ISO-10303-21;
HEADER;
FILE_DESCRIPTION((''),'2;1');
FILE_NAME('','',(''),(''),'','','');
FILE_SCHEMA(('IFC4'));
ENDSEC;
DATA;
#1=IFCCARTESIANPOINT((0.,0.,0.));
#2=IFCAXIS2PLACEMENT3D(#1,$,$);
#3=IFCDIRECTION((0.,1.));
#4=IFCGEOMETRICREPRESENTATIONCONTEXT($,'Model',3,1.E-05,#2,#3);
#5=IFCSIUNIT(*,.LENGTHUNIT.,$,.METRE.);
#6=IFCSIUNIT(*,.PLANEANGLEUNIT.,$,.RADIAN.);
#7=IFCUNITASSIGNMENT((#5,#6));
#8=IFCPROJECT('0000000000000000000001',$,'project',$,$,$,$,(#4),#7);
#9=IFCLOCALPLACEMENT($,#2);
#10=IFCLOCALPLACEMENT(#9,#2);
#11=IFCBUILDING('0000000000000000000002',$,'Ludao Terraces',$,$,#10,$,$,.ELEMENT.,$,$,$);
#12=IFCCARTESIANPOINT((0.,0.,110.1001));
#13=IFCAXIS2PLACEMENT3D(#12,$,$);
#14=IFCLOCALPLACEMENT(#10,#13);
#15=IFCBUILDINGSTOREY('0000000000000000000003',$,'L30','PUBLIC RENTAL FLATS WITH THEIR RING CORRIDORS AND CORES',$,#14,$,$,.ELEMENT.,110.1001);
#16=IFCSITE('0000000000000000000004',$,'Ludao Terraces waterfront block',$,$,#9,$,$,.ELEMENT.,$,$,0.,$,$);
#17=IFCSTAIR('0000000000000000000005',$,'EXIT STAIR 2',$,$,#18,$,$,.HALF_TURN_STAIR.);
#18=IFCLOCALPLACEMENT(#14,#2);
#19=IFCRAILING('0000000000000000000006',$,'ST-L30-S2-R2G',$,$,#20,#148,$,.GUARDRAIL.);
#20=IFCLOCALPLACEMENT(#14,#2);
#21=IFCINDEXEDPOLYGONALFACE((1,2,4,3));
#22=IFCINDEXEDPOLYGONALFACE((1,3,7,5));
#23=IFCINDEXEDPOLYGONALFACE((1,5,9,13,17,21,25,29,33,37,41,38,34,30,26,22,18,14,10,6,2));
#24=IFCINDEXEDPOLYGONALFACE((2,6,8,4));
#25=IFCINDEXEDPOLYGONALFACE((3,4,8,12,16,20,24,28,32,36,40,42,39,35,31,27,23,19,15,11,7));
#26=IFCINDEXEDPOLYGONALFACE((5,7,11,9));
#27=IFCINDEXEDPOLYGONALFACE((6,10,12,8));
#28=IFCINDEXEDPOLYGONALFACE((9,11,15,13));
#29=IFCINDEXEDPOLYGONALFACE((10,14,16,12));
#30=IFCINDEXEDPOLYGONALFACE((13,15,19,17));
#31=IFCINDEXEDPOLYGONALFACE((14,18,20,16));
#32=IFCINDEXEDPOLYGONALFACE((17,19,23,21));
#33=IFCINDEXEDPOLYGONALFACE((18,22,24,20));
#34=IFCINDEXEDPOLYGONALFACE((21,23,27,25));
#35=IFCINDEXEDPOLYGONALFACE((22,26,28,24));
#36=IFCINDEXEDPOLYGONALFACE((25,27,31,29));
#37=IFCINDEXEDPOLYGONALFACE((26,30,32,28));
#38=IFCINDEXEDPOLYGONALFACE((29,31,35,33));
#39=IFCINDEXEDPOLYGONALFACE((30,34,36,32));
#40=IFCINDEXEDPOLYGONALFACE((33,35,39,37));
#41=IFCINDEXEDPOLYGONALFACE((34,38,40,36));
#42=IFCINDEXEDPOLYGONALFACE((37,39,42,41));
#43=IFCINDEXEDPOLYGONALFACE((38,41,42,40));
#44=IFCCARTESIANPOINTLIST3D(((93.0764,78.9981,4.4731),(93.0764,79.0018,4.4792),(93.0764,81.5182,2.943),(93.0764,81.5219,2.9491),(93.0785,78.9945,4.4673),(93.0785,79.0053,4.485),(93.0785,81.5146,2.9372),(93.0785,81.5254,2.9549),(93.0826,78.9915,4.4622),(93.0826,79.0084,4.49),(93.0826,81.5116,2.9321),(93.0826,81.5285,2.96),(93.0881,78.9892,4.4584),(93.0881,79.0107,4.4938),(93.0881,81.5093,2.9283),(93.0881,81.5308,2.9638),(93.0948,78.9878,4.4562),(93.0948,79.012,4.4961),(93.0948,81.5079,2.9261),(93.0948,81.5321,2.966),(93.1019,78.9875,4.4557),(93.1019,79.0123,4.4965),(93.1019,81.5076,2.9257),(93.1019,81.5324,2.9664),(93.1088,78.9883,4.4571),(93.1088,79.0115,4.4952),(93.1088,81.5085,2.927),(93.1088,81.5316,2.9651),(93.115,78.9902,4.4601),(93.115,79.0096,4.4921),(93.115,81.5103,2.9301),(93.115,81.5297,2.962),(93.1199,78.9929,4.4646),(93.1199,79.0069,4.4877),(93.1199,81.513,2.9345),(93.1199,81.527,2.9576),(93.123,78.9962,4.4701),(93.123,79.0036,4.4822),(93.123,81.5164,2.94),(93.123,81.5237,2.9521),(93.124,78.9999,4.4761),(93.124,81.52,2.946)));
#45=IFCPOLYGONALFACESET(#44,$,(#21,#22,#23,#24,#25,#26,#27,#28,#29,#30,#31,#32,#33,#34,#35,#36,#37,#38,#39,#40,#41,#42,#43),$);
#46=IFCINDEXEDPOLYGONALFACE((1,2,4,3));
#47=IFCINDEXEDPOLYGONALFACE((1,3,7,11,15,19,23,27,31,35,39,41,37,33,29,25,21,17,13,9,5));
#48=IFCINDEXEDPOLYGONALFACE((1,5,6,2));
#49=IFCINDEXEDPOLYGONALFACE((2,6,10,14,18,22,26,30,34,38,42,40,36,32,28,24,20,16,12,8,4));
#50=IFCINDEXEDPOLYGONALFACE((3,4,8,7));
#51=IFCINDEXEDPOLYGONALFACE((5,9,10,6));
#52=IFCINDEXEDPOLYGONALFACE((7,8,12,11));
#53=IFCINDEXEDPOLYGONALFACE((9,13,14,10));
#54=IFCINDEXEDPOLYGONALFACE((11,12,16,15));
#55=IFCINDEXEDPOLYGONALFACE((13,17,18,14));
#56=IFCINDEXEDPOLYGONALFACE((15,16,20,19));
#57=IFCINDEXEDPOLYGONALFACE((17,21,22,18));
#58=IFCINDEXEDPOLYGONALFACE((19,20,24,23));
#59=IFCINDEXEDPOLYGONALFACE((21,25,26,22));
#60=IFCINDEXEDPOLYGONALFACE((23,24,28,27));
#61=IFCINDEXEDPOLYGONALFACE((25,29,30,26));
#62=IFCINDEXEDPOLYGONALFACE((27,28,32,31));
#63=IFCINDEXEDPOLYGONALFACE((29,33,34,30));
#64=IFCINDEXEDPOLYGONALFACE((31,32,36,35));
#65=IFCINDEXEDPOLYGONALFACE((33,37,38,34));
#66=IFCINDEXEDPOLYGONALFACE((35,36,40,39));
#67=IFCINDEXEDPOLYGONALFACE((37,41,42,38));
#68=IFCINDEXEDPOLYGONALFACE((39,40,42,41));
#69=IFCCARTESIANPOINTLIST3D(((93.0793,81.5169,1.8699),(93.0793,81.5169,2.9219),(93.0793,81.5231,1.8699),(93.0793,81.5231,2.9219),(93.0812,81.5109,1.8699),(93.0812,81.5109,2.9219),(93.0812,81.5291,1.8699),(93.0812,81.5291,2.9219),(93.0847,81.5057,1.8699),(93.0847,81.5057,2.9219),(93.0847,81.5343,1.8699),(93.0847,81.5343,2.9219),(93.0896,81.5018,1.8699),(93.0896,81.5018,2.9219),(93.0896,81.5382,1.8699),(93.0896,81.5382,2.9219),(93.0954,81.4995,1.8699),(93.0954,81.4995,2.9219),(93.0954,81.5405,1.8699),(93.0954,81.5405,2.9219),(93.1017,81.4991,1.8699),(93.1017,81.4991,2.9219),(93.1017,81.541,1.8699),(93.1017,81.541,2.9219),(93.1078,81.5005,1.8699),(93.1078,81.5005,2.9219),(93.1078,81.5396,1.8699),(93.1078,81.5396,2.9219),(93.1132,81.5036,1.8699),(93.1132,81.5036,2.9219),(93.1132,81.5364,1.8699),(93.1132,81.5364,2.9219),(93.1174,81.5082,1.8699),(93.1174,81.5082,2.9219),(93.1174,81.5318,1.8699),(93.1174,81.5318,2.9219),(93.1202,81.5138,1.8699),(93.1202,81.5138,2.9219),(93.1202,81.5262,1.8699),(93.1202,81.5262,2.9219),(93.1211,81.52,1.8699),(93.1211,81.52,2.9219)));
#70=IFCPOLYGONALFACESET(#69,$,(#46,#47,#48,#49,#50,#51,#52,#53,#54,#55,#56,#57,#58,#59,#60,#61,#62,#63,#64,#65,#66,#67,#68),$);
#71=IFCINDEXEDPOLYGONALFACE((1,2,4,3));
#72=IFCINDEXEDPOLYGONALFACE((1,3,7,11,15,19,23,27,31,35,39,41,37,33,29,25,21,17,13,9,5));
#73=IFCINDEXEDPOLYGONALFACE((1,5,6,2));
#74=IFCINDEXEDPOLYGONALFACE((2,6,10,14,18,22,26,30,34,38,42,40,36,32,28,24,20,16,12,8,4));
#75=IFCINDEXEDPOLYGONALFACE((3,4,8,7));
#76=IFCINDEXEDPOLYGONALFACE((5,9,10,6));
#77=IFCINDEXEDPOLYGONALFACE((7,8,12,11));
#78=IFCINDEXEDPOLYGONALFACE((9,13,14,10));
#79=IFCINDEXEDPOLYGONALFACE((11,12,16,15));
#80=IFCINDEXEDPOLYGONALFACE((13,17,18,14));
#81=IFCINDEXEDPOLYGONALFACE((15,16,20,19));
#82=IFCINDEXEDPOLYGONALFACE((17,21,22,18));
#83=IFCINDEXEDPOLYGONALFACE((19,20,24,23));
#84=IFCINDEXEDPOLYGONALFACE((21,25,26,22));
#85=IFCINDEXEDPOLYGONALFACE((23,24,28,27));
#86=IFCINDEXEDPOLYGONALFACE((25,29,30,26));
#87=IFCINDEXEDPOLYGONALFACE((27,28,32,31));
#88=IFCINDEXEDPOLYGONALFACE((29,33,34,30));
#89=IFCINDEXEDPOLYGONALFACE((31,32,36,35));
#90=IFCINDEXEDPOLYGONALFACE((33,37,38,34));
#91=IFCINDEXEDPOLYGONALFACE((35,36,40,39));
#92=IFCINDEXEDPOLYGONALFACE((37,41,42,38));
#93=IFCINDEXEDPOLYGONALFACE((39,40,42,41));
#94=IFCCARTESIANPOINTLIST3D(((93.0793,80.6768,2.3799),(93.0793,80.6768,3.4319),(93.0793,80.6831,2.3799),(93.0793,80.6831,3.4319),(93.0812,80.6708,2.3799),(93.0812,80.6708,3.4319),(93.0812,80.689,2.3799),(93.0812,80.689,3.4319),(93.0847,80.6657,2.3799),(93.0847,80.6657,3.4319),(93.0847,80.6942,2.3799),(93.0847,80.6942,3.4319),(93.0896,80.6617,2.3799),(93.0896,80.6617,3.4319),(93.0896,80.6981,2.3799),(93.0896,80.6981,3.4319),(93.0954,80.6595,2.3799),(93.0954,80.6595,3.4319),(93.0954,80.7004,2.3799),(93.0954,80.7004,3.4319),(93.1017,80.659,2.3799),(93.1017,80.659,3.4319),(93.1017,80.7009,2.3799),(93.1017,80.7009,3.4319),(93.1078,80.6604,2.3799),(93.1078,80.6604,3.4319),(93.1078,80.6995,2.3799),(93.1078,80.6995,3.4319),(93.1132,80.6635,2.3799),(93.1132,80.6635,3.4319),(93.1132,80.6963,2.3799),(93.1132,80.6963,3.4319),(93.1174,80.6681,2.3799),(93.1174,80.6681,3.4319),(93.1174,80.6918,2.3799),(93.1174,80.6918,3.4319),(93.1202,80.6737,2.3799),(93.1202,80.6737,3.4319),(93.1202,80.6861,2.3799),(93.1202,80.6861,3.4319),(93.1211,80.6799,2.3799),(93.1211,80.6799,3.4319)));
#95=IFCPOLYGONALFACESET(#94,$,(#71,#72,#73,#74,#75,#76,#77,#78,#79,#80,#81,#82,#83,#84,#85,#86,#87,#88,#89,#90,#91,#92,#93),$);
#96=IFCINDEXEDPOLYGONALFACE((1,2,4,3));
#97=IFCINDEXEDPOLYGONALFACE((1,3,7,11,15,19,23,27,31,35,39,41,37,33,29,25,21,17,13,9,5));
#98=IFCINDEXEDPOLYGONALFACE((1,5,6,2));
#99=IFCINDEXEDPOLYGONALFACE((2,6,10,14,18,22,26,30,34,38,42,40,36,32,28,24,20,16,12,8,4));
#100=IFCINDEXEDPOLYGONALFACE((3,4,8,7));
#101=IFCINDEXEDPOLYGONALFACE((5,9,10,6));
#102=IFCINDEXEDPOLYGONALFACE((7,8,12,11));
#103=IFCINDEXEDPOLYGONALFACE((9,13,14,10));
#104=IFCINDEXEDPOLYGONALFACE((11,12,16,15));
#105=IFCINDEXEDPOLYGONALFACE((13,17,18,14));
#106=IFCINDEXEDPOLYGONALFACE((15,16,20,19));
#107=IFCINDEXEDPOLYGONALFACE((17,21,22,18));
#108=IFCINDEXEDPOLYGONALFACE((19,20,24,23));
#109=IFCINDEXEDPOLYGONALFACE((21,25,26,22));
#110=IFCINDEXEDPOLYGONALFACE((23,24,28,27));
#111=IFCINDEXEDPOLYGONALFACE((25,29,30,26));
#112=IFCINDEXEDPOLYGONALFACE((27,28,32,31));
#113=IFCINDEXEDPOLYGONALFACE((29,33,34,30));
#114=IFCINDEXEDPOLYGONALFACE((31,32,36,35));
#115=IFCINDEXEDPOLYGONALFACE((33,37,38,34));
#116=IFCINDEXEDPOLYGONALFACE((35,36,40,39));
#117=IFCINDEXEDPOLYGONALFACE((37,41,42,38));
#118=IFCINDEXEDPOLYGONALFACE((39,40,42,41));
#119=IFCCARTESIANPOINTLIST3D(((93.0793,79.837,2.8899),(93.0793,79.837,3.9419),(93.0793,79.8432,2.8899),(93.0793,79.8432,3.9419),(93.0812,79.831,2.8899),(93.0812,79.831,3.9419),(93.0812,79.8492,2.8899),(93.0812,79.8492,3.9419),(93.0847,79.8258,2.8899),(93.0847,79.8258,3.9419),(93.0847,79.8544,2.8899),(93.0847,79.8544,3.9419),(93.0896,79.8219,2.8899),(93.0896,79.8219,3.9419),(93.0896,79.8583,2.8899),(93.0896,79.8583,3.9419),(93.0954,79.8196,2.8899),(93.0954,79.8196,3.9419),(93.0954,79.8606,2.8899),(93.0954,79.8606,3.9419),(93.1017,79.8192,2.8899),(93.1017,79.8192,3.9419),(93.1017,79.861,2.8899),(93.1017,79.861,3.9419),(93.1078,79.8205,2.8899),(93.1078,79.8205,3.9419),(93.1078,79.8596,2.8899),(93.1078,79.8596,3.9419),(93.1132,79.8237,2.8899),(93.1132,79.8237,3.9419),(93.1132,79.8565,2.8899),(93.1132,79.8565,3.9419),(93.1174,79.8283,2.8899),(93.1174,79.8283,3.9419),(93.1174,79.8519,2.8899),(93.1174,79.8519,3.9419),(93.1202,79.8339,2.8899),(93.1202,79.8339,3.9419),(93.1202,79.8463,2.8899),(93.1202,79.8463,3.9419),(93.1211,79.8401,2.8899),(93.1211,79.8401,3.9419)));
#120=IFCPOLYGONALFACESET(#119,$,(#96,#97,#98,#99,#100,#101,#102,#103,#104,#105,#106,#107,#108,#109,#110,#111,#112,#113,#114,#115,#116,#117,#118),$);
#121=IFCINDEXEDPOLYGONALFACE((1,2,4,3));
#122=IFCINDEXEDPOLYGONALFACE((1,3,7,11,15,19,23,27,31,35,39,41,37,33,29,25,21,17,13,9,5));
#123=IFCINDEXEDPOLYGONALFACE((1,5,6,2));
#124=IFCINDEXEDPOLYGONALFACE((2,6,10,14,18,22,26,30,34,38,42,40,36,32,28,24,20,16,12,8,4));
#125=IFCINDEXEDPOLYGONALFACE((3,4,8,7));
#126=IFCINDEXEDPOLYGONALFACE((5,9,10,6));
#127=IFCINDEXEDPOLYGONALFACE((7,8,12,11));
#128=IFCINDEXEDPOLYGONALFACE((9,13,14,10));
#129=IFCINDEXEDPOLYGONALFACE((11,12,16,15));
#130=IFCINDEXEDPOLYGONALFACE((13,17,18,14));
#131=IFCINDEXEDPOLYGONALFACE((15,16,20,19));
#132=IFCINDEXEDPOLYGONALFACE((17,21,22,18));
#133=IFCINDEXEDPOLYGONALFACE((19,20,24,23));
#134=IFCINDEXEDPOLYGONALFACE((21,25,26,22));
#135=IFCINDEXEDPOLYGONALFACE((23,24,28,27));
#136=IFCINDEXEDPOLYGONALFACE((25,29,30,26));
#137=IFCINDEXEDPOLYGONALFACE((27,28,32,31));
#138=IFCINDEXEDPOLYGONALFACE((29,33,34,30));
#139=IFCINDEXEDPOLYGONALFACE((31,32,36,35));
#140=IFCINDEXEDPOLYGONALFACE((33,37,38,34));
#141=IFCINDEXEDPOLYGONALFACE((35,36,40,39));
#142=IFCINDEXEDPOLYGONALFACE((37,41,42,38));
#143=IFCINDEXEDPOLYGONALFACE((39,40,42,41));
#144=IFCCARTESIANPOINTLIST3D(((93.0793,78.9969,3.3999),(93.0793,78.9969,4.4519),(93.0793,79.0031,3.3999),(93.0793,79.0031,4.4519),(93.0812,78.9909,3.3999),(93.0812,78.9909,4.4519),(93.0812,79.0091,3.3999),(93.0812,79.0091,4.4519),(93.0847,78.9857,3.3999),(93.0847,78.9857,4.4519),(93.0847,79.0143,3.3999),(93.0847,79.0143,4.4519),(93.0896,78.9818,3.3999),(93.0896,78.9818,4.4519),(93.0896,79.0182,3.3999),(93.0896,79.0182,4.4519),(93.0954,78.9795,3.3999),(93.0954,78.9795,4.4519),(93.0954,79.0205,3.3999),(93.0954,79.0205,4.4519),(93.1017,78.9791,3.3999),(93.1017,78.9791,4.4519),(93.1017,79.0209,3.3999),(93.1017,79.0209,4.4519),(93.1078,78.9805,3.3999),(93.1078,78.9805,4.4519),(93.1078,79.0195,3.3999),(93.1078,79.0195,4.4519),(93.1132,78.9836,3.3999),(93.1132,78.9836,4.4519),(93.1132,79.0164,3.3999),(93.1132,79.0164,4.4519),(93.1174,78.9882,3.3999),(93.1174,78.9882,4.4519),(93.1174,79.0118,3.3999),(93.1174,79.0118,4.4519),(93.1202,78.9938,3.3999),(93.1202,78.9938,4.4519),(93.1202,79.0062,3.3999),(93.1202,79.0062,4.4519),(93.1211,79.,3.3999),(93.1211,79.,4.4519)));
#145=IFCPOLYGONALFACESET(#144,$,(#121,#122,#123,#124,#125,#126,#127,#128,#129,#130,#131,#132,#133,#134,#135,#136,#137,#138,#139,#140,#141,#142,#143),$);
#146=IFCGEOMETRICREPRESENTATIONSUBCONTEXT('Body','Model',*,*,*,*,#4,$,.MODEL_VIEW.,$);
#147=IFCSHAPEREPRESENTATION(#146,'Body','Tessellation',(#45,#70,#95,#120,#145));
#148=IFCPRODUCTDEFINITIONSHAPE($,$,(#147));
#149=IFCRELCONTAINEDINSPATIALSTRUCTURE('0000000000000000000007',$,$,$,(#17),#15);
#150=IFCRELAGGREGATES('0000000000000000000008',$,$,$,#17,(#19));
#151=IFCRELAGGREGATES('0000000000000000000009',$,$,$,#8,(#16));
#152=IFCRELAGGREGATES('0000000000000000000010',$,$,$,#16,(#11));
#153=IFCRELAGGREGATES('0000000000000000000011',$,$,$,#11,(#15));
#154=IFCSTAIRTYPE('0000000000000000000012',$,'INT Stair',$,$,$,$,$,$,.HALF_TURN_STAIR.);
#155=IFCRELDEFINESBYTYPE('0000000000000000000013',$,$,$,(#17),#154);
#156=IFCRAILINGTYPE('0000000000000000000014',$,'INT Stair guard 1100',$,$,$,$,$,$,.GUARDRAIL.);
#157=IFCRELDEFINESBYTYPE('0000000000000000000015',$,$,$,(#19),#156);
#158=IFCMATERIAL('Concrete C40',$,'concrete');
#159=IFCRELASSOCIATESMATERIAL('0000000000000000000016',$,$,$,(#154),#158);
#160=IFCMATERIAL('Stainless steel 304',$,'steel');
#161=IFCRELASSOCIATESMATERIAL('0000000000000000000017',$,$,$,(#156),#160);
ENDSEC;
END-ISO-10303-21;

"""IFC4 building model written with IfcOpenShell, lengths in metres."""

from ifc_helpers import new_model, si_unit, direction, frame, origin, origin_2d, place, context, subcontext, project, spatial, circle, extrude, material, type_object, element, aggregate, save


model = new_model("IFC4")

# Units and contexts
model_context = context("Model", 3, precision=1e-05, world=origin(), true_north=direction((0.0, 1.0)))
body_context = subcontext(model_context, "Body", "Model", "MODEL_VIEW")
ifc_project = project(units=[si_unit("LENGTHUNIT", "METRE"), si_unit("PLANEANGLEUNIT", "RADIAN")], contexts=[model_context])

# Site, building, storey
site_placement = place(None, origin())
site = spatial("IfcSite", under=ifc_project, at=site_placement, Name="Ludao Terraces waterfront block", CompositionType="ELEMENT", RefElevation=0.0)
building_placement = place(site_placement, origin())
building = spatial("IfcBuilding", under=site, at=building_placement, Name="Ludao Terraces", CompositionType="ELEMENT")
storey_placement = place(building_placement, frame((0.0, 0.0, 110.1001)))
storey = spatial("IfcBuildingStorey", under=building, at=storey_placement, Name="L30", Description="PUBLIC RENTAL FLATS WITH THEIR RING CORRIDORS AND CORES", CompositionType="ELEMENT", Elevation=110.1001)

# Stair, railing
ifc_material_1 = material(Name="Concrete C40", Category="concrete")
stair_type = type_object("IfcStairType", Name="INT Stair", PredefinedType="HALF_TURN_STAIR", material=ifc_material_1)
stair_placement = place(storey_placement, origin())
stair = element("IfcStair", 1, at=stair_placement, inside=storey, type_object=stair_type, Name="EXIT STAIR 2", PredefinedType="HALF_TURN_STAIR")
ifc_material_2 = material(Name="Stainless steel 304", Category="steel")
railing_type_1 = type_object("IfcRailingType", Name="INT Stair guard 1100", PredefinedType="GUARDRAIL", material=ifc_material_2)
railing_1_placement = place(storey_placement, frame((93.1001, 81.52, 1.8699)))
railing_1 = element("IfcRailing", 2, at=railing_1_placement, type_object=railing_type_1, Name="ST-L30-S2-R2G", PredefinedType="GUARDRAIL", context=body_context, shape_type="SweptSolid", body=[
    extrude(circle(Radius=0.0239, at=origin_2d()), frame((0.0, 0.0, 1.0762), z_axis=(0.0, -0.854785, 0.518982), x_axis=(1.0, 0.0, 0.0)), (0.0, 0.0, 1.0), 2.9482),
    extrude(circle(Radius=0.021, at=origin_2d()), origin(), (0.0, 0.0, 1.0), 1.052),
    extrude(circle(Radius=0.021, at=origin_2d()), frame((0.0, -0.8401, 0.51)), (0.0, 0.0, 1.0), 1.052),
    extrude(circle(Radius=0.021, at=origin_2d()), frame((0.0, -1.6799, 1.02)), (0.0, 0.0, 1.0), 1.052),
    extrude(circle(Radius=0.021, at=origin_2d()), frame((0.0, -2.52, 1.53)), (0.0, 0.0, 1.0), 1.052),
])
aggregate(stair, [railing_1])

save(model, "model.ifc")
